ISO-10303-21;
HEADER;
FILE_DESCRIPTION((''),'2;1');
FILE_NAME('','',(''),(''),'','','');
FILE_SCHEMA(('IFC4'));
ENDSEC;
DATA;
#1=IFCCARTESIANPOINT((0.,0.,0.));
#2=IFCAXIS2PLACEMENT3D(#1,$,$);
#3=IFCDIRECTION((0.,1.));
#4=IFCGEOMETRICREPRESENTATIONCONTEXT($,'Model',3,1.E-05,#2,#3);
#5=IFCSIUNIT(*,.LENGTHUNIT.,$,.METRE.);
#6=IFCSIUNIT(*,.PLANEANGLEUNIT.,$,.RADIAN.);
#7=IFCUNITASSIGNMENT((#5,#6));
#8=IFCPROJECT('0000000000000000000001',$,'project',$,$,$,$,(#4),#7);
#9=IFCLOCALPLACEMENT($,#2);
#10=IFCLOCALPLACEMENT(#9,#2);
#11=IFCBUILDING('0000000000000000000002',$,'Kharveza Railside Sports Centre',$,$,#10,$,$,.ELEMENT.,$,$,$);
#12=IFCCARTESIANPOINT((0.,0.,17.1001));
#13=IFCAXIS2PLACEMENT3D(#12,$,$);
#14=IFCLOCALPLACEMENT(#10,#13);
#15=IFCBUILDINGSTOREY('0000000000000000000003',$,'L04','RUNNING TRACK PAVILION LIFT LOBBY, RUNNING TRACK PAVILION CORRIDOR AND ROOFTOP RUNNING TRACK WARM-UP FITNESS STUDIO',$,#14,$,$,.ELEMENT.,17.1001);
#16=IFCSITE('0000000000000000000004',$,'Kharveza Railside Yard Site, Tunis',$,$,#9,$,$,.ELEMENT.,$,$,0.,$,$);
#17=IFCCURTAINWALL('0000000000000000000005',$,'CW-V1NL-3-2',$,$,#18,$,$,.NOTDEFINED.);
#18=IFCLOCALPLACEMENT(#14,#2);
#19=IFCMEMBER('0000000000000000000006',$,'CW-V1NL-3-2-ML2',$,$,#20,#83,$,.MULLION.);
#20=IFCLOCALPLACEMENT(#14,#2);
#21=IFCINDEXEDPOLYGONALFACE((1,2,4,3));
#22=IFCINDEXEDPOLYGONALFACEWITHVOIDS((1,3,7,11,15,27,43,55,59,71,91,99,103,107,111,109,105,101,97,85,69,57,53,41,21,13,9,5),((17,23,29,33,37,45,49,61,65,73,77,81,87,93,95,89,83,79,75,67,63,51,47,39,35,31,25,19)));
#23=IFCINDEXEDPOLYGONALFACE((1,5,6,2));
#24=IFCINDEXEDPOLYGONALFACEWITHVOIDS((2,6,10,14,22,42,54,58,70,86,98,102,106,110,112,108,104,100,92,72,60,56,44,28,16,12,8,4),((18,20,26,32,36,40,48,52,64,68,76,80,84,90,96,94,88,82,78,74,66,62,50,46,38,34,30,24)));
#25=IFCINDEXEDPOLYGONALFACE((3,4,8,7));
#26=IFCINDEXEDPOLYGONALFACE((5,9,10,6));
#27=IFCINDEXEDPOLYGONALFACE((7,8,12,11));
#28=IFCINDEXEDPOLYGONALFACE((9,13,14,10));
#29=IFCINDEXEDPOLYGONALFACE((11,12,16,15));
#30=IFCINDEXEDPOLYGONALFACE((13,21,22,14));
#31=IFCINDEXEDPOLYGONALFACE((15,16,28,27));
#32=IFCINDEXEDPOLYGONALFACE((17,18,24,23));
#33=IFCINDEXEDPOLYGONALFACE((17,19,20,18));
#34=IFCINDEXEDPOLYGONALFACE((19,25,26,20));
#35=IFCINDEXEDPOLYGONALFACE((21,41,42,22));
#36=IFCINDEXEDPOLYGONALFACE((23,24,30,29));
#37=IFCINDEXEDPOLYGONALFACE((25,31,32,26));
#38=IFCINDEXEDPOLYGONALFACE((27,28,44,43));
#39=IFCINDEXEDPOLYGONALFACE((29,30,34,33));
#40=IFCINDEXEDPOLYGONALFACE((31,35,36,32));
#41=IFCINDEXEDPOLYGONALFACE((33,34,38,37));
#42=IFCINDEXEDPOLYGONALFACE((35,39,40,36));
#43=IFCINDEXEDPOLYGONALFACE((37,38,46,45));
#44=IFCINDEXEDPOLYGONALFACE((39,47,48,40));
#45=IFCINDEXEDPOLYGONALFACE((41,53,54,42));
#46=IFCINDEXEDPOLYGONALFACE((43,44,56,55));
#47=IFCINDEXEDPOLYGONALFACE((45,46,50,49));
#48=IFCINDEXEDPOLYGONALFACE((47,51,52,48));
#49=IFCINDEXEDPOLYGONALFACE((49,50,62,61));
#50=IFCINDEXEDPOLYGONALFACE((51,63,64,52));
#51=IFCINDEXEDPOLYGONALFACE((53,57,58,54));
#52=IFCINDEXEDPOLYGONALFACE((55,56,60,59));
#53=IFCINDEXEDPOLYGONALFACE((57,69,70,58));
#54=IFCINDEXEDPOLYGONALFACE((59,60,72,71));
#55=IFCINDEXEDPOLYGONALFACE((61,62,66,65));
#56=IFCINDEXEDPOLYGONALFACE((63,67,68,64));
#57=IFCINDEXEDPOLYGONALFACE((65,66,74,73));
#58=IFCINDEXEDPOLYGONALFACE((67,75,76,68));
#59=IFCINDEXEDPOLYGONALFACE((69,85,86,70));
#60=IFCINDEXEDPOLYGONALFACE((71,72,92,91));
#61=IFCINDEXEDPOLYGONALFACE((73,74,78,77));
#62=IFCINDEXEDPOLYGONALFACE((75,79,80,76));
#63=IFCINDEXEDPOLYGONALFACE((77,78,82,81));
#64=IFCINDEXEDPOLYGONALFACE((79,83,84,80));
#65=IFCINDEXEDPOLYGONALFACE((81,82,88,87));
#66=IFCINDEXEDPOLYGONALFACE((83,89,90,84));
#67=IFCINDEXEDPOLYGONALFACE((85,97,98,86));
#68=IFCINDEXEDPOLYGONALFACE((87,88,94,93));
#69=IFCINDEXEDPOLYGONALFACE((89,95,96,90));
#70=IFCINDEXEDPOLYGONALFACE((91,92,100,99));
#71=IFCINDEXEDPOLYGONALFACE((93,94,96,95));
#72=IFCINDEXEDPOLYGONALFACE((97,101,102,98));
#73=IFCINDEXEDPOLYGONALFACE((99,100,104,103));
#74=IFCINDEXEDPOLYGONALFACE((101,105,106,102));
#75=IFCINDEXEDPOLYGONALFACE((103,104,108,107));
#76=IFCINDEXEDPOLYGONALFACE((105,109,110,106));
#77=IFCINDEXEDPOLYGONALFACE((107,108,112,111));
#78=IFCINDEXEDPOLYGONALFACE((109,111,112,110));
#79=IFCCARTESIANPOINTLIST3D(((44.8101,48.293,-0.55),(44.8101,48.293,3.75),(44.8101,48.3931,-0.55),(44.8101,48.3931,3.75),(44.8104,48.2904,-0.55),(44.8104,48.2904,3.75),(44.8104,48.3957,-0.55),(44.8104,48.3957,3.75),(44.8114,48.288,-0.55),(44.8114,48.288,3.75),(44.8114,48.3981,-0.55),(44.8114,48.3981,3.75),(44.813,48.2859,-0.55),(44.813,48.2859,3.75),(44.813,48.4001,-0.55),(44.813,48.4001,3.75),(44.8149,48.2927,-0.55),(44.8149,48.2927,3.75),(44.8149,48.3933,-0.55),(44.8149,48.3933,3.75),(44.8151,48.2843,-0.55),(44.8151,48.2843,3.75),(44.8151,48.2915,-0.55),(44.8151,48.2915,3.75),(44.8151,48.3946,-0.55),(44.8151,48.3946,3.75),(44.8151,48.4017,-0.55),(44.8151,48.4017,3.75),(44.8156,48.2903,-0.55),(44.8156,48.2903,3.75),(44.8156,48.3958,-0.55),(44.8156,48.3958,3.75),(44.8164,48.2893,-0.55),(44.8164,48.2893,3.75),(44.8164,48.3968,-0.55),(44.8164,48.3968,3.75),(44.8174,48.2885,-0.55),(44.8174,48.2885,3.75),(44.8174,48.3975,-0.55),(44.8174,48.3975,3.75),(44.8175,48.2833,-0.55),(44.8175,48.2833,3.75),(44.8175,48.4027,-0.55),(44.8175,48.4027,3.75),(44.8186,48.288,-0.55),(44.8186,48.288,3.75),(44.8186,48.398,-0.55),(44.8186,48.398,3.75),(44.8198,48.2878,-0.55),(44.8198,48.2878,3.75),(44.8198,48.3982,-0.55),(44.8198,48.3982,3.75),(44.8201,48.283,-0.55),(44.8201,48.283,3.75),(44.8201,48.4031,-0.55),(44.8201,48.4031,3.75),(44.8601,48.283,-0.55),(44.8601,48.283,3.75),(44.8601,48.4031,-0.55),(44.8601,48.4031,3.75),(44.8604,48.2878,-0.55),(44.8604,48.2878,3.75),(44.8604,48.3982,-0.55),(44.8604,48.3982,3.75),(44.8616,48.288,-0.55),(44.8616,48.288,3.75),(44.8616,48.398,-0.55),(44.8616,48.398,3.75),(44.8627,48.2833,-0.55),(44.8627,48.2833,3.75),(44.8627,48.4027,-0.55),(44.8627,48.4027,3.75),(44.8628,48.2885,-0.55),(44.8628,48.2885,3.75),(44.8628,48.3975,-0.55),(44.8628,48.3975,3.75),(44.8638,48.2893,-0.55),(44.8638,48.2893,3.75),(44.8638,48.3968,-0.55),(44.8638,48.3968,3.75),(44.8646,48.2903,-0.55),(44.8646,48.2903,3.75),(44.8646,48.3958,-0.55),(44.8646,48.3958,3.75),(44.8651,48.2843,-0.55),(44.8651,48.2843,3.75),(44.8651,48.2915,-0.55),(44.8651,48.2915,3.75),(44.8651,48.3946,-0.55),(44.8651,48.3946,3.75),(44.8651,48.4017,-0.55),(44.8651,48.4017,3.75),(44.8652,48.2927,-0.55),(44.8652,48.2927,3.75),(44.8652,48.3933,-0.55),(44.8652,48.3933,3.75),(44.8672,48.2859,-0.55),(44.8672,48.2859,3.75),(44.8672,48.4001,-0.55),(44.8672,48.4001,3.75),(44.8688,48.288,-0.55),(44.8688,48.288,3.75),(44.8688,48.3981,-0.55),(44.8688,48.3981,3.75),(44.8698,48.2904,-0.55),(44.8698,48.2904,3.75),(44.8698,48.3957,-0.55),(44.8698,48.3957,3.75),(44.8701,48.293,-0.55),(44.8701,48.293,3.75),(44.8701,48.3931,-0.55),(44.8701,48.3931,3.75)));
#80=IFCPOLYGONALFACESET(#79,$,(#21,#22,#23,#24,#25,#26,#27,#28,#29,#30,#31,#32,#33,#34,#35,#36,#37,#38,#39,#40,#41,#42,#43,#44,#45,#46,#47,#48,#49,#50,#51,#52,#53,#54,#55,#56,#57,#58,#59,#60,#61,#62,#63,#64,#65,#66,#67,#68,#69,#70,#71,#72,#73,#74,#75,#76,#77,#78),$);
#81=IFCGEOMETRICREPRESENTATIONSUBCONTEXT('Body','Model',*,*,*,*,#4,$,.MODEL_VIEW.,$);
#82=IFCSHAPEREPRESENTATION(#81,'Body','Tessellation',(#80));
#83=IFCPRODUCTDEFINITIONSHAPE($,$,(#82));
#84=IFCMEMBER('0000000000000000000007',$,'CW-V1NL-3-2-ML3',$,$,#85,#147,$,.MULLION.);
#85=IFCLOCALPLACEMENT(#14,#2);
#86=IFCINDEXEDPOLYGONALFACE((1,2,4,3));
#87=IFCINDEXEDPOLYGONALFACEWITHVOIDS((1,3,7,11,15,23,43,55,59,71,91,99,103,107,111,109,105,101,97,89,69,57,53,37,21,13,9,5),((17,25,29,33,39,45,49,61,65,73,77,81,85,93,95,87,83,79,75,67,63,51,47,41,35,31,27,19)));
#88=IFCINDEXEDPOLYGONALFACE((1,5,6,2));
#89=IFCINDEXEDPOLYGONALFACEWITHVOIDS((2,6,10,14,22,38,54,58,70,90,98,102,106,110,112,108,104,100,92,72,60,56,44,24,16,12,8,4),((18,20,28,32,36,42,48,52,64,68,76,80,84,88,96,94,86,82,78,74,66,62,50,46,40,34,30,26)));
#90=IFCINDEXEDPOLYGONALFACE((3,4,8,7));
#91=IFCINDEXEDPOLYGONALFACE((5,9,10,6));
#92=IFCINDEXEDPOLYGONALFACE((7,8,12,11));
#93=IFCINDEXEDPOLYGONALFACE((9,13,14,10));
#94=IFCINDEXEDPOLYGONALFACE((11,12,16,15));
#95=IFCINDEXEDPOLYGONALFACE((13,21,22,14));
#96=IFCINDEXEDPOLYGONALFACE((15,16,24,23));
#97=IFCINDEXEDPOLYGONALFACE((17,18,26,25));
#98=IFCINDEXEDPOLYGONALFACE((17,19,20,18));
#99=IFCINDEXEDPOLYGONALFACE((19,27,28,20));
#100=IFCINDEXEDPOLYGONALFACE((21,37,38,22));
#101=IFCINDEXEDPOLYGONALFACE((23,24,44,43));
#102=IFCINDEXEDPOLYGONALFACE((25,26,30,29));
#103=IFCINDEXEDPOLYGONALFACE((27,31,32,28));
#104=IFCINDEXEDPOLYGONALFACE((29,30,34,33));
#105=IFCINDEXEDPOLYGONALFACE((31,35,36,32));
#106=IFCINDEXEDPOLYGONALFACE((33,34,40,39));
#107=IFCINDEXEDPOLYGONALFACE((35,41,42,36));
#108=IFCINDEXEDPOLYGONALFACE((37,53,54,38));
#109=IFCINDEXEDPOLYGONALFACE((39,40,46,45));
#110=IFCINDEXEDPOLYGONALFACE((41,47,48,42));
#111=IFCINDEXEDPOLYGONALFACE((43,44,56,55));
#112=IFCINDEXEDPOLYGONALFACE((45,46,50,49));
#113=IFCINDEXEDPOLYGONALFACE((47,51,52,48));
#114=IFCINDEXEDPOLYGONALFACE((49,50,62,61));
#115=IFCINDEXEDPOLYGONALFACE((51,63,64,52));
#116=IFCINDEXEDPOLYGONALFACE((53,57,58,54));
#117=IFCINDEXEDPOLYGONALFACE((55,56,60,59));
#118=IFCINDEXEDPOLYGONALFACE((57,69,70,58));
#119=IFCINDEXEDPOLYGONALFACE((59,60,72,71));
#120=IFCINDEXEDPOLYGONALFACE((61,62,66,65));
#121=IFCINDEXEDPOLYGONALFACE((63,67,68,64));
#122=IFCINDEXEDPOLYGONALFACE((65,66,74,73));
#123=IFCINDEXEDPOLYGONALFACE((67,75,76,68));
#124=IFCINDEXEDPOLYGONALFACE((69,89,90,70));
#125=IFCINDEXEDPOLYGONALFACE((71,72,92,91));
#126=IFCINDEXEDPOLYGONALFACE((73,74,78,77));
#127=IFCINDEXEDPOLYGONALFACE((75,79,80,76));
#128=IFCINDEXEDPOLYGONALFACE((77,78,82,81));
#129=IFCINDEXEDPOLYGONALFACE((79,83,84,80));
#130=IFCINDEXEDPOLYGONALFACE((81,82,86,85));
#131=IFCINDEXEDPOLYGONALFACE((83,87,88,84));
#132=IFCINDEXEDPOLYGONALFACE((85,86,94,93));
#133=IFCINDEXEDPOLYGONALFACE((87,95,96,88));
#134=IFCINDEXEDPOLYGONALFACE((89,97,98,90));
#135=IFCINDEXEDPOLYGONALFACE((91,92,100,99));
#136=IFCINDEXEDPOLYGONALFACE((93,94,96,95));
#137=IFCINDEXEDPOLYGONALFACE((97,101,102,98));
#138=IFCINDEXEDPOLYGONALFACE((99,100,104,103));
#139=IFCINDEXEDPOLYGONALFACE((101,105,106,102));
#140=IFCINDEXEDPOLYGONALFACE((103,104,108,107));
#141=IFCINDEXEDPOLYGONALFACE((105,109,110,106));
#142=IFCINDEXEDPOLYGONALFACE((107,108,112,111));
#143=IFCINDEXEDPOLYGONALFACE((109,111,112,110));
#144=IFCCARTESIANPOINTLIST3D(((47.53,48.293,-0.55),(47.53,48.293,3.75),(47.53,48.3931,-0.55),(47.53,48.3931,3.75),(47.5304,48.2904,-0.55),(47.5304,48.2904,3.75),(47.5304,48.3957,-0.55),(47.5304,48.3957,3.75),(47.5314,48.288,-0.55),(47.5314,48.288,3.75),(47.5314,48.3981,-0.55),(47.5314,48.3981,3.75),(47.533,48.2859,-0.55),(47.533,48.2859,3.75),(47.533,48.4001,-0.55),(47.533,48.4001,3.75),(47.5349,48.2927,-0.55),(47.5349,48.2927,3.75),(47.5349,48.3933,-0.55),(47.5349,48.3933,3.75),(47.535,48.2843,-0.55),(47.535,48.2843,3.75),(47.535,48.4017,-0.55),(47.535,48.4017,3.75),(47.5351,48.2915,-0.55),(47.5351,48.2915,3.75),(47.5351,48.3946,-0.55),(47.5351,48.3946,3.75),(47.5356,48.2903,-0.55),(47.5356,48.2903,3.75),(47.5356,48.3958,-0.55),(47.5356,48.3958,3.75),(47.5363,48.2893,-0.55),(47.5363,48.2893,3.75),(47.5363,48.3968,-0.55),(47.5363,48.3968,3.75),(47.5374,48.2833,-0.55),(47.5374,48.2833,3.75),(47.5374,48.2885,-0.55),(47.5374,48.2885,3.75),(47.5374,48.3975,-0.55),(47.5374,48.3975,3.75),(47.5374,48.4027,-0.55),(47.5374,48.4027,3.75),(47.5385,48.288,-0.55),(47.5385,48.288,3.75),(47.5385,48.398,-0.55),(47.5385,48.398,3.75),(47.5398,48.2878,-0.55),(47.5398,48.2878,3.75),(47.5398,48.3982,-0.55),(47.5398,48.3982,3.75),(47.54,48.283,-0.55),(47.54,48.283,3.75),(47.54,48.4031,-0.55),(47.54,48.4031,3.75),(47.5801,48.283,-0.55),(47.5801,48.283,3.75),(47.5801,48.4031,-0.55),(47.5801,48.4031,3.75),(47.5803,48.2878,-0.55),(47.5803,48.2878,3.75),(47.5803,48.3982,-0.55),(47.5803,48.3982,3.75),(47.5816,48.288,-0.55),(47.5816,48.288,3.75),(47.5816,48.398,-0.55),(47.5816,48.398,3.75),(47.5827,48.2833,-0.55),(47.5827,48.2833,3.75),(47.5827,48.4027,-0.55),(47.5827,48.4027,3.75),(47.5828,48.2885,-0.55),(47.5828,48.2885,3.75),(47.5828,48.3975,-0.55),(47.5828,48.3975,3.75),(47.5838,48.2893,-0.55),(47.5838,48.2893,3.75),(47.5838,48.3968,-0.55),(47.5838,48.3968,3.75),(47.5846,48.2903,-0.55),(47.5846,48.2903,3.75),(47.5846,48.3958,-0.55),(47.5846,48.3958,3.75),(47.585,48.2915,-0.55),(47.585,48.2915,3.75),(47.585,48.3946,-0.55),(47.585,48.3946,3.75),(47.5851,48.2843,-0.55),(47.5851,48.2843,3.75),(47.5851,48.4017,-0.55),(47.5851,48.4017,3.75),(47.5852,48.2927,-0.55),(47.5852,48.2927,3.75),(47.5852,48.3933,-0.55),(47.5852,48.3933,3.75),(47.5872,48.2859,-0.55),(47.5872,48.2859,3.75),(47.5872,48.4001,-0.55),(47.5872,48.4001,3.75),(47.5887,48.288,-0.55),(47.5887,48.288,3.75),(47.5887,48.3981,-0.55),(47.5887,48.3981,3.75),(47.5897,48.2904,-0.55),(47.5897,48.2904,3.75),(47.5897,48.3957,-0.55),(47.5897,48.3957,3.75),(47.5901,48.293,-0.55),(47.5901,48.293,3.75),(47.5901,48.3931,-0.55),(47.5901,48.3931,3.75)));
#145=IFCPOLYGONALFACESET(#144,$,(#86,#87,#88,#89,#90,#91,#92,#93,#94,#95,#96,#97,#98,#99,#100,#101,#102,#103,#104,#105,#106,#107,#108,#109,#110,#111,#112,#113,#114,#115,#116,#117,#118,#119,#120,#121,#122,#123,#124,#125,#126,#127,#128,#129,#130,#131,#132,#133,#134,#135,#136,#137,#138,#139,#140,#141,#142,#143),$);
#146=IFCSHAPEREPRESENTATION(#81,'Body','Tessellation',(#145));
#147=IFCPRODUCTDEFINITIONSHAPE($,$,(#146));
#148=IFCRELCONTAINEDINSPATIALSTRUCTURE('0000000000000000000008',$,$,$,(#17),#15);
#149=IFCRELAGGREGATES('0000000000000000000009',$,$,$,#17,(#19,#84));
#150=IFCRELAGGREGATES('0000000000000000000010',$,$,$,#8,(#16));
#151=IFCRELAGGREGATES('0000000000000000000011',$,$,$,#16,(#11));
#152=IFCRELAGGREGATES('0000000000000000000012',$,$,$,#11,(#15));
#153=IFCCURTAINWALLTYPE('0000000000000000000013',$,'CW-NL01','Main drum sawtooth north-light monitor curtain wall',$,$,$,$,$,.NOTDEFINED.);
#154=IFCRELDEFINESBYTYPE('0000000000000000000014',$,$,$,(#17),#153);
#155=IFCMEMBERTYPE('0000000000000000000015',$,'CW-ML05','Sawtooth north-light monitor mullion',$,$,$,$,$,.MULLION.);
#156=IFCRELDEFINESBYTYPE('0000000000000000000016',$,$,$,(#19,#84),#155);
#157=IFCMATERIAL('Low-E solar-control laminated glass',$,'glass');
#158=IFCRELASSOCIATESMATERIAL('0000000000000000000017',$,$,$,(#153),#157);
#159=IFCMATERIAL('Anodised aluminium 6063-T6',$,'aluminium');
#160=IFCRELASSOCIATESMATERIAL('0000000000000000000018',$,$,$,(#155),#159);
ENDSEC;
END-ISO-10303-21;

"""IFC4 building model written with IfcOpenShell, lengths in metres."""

from ifc_helpers import new_model, si_unit, direction, frame, origin, origin_2d, place, context, subcontext, project, spatial, hollow_rectangle, extrude, material, material_profile, profile_set, type_object, element, aggregate, save


model = new_model("IFC4")

# Units and contexts
model_context = context("Model", 3, precision=1e-05, world=origin(), true_north=direction((0.0, 1.0)))
body_context = subcontext(model_context, "Body", "Model", "MODEL_VIEW")
ifc_project = project(units=[si_unit("LENGTHUNIT", "METRE"), si_unit("PLANEANGLEUNIT", "RADIAN")], contexts=[model_context])

# Site, building, storey
site_placement = place(None, origin())
site = spatial("IfcSite", under=ifc_project, at=site_placement, Name="Kharveza Railside Yard Site, Tunis", CompositionType="ELEMENT", RefElevation=0.0)
building_placement = place(site_placement, origin())
building = spatial("IfcBuilding", under=site, at=building_placement, Name="Kharveza Railside Sports Centre", CompositionType="ELEMENT")
storey_placement = place(building_placement, frame((0.0, 0.0, 17.1001)))
storey = spatial("IfcBuildingStorey", under=building, at=storey_placement, Name="L04", Description="RUNNING TRACK PAVILION LIFT LOBBY, RUNNING TRACK PAVILION CORRIDOR AND ROOFTOP RUNNING TRACK WARM-UP FITNESS STUDIO", CompositionType="ELEMENT", Elevation=17.1001)

# Curtain wall, members
ifc_material_1 = material(Name="Low-E solar-control laminated glass", Category="glass")
curtain_wall_type = type_object("IfcCurtainWallType", Name="CW-NL01", Description="Main drum sawtooth north-light monitor curtain wall", PredefinedType="NOTDEFINED", material=ifc_material_1)
curtain_wall_1_placement = place(storey_placement, origin())
curtain_wall_1 = element("IfcCurtainWall", 1, at=curtain_wall_1_placement, inside=storey, type_object=curtain_wall_type, Name="CW-V1NL-3-2", PredefinedType="NOTDEFINED")
ifc_material_2 = material(Name="Anodised aluminium 6063-T6", Category="aluminium")
ifc_material_profile_1 = material_profile(ifc_material_2, hollow_rectangle(XDim=0.0601, YDim=0.1201, WallThickness=0.0049, InnerFilletRadius=0.0049, OuterFilletRadius=0.01, at=origin_2d()), Name="RHS 60x120x5.0")
ifc_profile_set_1 = profile_set([ifc_material_profile_1], Name="Anodised aluminium 6063-T6")
member_type_1 = type_object("IfcMemberType", Name="CW-ML05", Description="Sawtooth north-light monitor mullion", PredefinedType="MULLION", material=ifc_profile_set_1)
member_1_placement = place(storey_placement, frame((44.8401, 48.343, -0.55), z_axis=(0.0, 0.0, 1.0), x_axis=(1.0, 0.0, 0.0)))
member_1 = element("IfcMember", 2, at=member_1_placement, type_object=member_type_1, Name="CW-V1NL-3-2-ML2", PredefinedType="MULLION", context=body_context, shape_type="SweptSolid", body=[
    extrude(hollow_rectangle(XDim=0.0601, YDim=0.1201, WallThickness=0.0049, InnerFilletRadius=0.0049, OuterFilletRadius=0.01, at=origin_2d()), origin(), (0.0, 0.0, 1.0), 4.3),
])
member_2_placement = place(storey_placement, frame((47.5601, 48.343, -0.55), z_axis=(0.0, 0.0, 1.0), x_axis=(1.0, 0.0, 0.0)))
member_2 = element("IfcMember", 3, at=member_2_placement, type_object=member_type_1, Name="CW-V1NL-3-2-ML3", PredefinedType="MULLION", context=body_context, shape_type="SweptSolid", body=[
    extrude(hollow_rectangle(XDim=0.0601, YDim=0.1201, WallThickness=0.0049, InnerFilletRadius=0.0049, OuterFilletRadius=0.01, at=origin_2d()), origin(), (0.0, 0.0, 1.0), 4.3),
])

aggregate(curtain_wall_1, [member_1, member_2])

save(model, "model.ifc")
